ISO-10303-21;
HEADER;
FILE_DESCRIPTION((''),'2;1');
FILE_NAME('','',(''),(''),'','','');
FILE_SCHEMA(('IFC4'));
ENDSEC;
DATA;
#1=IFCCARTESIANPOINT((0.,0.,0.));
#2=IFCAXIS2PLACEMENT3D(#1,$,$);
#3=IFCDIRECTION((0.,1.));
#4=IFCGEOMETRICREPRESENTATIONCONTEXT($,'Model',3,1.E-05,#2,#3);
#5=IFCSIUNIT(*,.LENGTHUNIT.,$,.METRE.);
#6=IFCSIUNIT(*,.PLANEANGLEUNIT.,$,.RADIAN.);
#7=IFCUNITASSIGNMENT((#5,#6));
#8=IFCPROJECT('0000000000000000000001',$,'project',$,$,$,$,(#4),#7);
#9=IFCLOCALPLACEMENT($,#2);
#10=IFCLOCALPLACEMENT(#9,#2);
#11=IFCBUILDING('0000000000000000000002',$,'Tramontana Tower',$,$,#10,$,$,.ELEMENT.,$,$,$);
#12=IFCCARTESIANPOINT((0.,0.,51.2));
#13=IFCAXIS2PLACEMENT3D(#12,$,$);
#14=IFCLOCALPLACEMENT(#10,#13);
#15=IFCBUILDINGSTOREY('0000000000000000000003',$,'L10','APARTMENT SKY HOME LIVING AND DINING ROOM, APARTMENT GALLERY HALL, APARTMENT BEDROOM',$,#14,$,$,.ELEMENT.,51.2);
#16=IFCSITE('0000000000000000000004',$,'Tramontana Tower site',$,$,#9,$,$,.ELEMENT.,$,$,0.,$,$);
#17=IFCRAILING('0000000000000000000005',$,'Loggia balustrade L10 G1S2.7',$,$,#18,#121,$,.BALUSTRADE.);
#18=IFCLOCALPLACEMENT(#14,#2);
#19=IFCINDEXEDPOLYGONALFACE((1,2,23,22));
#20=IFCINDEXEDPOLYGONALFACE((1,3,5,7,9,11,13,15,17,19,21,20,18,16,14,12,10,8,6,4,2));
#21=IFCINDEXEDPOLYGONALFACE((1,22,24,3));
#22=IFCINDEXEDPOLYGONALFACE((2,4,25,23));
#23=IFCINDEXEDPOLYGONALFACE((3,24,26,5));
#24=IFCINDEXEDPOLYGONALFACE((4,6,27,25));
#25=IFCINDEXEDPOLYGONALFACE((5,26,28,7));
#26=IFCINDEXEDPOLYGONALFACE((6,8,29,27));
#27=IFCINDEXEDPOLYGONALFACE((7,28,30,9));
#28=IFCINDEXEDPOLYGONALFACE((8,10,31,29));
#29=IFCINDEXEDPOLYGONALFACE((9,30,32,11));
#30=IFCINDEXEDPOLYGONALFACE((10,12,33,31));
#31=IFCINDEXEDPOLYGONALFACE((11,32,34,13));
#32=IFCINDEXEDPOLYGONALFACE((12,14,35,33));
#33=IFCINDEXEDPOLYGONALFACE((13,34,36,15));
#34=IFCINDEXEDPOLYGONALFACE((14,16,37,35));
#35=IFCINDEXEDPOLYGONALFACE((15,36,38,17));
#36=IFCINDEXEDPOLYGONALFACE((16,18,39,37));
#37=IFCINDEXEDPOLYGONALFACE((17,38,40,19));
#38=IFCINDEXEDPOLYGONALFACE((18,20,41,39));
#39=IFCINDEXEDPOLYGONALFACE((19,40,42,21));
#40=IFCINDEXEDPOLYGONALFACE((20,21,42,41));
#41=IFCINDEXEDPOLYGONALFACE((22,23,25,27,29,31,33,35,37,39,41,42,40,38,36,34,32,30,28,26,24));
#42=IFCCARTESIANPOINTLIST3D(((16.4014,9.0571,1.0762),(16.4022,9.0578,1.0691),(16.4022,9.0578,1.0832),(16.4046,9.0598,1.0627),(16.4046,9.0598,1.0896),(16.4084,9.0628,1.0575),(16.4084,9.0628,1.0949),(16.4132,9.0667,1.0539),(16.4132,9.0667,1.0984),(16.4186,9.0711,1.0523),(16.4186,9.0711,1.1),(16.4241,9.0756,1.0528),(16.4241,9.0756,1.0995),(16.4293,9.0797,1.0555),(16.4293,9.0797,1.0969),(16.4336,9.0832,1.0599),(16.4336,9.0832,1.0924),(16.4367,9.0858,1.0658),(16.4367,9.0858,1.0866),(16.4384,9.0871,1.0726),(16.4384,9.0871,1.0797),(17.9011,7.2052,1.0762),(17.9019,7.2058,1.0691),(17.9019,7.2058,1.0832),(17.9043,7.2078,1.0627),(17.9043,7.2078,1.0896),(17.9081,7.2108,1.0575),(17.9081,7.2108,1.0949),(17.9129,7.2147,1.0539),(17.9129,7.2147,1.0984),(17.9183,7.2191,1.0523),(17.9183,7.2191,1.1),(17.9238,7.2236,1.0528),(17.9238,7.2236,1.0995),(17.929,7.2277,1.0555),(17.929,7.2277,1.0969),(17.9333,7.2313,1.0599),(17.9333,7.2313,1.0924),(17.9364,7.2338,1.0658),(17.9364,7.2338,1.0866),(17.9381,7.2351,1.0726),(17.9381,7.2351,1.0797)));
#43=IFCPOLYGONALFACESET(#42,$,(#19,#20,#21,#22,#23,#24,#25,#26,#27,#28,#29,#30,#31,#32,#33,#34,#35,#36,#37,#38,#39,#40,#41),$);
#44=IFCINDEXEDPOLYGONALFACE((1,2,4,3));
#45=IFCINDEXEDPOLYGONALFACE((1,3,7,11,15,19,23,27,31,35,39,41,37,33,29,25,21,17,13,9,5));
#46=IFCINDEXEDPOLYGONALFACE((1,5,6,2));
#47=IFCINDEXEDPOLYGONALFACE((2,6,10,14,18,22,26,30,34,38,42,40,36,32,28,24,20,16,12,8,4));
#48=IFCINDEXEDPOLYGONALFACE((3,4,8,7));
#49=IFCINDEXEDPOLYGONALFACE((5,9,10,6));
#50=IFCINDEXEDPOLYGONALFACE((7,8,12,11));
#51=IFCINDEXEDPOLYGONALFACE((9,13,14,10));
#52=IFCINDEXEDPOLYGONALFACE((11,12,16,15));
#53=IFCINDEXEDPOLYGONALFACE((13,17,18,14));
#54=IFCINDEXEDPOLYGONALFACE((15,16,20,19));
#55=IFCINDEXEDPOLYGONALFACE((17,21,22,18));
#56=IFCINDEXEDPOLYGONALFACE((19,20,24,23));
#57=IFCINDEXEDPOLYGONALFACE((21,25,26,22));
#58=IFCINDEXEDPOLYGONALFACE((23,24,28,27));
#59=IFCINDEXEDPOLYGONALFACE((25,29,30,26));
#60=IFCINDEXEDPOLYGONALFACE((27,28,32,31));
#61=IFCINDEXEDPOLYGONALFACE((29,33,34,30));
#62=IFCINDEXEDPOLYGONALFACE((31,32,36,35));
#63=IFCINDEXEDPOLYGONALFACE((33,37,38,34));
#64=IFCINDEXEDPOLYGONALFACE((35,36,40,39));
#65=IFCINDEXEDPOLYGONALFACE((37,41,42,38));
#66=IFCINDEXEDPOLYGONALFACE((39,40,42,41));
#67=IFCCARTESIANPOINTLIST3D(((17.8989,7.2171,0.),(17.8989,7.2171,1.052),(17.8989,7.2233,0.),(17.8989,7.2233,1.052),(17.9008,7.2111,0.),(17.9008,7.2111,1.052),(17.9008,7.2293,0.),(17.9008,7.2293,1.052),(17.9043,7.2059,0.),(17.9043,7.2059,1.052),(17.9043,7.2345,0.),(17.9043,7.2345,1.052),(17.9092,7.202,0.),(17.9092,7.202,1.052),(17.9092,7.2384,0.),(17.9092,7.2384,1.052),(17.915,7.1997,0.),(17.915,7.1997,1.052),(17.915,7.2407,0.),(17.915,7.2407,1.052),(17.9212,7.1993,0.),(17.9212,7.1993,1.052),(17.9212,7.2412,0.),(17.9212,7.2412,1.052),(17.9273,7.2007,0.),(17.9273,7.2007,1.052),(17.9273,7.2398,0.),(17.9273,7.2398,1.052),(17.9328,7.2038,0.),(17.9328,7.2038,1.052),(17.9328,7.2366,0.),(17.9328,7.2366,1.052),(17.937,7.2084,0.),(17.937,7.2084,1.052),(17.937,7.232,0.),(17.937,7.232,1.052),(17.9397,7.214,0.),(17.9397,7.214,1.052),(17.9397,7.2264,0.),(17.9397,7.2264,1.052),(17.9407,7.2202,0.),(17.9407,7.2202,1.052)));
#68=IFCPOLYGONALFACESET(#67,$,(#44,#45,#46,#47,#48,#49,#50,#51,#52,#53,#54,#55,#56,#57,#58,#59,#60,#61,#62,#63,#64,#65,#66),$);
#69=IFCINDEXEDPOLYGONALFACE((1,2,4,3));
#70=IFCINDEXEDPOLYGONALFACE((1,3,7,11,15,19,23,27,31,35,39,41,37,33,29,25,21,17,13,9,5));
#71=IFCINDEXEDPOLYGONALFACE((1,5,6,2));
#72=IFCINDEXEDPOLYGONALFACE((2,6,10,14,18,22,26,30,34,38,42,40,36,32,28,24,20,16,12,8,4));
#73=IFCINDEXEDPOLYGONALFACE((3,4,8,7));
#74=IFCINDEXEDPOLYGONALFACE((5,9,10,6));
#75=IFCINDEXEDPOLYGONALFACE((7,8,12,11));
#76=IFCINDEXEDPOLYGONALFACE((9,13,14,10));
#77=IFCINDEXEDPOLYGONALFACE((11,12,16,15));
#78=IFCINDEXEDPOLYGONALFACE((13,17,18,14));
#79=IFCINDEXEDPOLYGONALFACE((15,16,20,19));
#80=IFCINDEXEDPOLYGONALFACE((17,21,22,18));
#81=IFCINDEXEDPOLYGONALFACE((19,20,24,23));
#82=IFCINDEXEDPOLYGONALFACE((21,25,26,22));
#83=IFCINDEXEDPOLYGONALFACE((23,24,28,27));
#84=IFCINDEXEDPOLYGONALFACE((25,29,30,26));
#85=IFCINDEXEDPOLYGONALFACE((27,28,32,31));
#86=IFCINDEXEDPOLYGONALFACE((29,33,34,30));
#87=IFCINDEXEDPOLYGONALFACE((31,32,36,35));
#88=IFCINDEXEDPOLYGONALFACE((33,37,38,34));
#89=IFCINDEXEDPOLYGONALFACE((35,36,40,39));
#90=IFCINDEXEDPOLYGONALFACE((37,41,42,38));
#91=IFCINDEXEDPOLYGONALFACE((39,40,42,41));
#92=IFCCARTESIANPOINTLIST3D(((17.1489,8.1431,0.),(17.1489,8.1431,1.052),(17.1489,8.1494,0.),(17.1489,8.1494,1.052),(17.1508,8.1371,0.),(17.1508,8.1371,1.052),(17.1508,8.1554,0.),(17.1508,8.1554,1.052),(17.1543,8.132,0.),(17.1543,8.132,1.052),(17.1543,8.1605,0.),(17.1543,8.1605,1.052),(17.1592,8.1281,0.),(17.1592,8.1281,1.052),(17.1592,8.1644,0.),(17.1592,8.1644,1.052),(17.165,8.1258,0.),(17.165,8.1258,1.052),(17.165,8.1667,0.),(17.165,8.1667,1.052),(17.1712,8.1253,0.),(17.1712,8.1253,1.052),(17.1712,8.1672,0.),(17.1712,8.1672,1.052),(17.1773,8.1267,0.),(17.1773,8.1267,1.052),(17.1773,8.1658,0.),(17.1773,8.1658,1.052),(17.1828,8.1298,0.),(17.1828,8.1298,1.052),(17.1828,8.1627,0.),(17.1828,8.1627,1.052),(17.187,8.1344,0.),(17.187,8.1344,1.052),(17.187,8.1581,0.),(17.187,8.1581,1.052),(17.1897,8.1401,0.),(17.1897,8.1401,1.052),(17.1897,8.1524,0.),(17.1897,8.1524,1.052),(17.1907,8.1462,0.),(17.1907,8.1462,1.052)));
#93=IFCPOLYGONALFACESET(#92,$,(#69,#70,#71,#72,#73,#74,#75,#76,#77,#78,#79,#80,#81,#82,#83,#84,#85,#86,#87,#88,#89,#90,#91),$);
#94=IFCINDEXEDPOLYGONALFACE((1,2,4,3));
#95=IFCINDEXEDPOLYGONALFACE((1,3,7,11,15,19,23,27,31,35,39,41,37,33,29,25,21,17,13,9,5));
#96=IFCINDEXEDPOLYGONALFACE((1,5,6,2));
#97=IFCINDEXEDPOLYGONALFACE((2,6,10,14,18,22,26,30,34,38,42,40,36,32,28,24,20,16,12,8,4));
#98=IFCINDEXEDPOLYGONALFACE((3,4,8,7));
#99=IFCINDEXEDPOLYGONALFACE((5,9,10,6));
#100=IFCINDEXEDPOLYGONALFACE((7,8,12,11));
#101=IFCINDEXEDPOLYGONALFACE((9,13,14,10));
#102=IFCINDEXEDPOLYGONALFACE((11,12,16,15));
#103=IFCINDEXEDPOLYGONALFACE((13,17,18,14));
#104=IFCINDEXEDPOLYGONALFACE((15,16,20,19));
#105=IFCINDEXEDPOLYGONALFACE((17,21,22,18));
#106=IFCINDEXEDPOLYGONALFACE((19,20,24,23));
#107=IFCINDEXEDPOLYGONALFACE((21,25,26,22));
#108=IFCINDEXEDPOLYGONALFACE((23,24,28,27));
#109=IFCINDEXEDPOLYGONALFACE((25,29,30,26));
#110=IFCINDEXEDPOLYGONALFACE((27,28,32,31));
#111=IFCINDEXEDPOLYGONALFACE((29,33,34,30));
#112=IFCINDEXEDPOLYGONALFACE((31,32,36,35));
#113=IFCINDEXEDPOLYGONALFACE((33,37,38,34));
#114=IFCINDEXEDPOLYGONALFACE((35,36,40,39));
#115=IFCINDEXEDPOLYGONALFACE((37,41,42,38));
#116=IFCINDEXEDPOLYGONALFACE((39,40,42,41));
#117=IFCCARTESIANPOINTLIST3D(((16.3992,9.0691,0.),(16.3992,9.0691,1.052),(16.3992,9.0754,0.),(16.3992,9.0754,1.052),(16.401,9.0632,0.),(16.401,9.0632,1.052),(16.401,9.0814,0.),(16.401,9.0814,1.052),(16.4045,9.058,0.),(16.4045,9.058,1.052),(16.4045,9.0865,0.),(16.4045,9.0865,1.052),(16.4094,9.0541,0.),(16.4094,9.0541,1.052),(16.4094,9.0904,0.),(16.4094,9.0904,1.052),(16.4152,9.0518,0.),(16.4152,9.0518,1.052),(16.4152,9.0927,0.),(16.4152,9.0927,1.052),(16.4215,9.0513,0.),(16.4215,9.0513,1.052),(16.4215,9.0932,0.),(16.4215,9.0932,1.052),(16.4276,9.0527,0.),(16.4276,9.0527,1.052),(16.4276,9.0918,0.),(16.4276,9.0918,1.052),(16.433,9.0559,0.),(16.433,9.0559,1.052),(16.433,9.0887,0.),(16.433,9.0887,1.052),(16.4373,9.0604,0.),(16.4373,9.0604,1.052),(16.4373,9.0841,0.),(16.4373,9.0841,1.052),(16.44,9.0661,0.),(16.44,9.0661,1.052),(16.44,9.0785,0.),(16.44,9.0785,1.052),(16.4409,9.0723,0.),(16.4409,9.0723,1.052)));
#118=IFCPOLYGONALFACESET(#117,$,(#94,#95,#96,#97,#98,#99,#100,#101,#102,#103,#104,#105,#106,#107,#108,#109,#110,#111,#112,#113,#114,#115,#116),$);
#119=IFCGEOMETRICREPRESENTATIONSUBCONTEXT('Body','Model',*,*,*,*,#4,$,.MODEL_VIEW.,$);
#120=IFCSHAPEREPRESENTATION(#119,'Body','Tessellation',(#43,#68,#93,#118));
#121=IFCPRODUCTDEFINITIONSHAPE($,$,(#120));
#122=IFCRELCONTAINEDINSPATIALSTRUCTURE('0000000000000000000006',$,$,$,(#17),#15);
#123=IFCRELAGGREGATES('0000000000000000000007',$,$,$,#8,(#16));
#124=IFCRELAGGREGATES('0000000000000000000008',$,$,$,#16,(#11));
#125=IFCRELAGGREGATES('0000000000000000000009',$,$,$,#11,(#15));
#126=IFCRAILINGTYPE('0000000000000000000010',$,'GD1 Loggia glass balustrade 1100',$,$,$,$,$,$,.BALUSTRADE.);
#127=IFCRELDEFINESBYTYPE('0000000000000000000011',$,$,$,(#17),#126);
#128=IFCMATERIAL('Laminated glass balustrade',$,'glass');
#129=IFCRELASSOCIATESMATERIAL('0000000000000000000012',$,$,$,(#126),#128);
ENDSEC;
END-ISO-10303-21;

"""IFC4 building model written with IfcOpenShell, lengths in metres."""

from ifc_helpers import new_model, si_unit, direction, frame, origin, origin_2d, place, context, subcontext, project, spatial, circle, extrude, material, type_object, element, save


model = new_model("IFC4")

# Units and contexts
model_context = context("Model", 3, precision=1e-05, world=origin(), true_north=direction((0.0, 1.0)))
body_context = subcontext(model_context, "Body", "Model", "MODEL_VIEW")
ifc_project = project(units=[si_unit("LENGTHUNIT", "METRE"), si_unit("PLANEANGLEUNIT", "RADIAN")], contexts=[model_context])

# Site, building, storey
site_placement = place(None, origin())
site = spatial("IfcSite", under=ifc_project, at=site_placement, Name="Tramontana Tower site", CompositionType="ELEMENT", RefElevation=0.0)
building_placement = place(site_placement, origin())
building = spatial("IfcBuilding", under=site, at=building_placement, Name="Tramontana Tower", CompositionType="ELEMENT")
storey_placement = place(building_placement, frame((0.0, 0.0, 51.2)))
storey = spatial("IfcBuildingStorey", under=building, at=storey_placement, Name="L10", Description="APARTMENT SKY HOME LIVING AND DINING ROOM, APARTMENT GALLERY HALL, APARTMENT BEDROOM", CompositionType="ELEMENT", Elevation=51.2)

# Railing
ifc_material_1 = material(Name="Laminated glass balustrade", Category="glass")
railing_type = type_object("IfcRailingType", Name="GD1 Loggia glass balustrade 1100", PredefinedType="BALUSTRADE", material=ifc_material_1)
railing_1_placement = place(storey_placement, frame((17.9197, 7.2202, 0.0)))
element("IfcRailing", 1, at=railing_1_placement, inside=storey, type_object=railing_type, Name="Loggia balustrade L10 G1S2.7", PredefinedType="BALUSTRADE", context=body_context, shape_type="SweptSolid", body=[
    extrude(circle(Radius=0.0239, at=origin_2d()), frame((0.0, 0.0, 1.0762), z_axis=(-0.629319, 0.777147, 0.0), x_axis=(-0.777147, -0.629319, 0.0)), (0.0, 0.0, 1.0), 2.3831),
    extrude(circle(Radius=0.021, at=origin_2d()), origin(), (0.0, 0.0, 1.0), 1.052),
    extrude(circle(Radius=0.021, at=origin_2d()), frame((-0.75, 0.926, 0.0)), (0.0, 0.0, 1.0), 1.052),
    extrude(circle(Radius=0.021, at=origin_2d()), frame((-1.4998, 1.8521, 0.0)), (0.0, 0.0, 1.0), 1.052),
])

save(model, "model.ifc")
